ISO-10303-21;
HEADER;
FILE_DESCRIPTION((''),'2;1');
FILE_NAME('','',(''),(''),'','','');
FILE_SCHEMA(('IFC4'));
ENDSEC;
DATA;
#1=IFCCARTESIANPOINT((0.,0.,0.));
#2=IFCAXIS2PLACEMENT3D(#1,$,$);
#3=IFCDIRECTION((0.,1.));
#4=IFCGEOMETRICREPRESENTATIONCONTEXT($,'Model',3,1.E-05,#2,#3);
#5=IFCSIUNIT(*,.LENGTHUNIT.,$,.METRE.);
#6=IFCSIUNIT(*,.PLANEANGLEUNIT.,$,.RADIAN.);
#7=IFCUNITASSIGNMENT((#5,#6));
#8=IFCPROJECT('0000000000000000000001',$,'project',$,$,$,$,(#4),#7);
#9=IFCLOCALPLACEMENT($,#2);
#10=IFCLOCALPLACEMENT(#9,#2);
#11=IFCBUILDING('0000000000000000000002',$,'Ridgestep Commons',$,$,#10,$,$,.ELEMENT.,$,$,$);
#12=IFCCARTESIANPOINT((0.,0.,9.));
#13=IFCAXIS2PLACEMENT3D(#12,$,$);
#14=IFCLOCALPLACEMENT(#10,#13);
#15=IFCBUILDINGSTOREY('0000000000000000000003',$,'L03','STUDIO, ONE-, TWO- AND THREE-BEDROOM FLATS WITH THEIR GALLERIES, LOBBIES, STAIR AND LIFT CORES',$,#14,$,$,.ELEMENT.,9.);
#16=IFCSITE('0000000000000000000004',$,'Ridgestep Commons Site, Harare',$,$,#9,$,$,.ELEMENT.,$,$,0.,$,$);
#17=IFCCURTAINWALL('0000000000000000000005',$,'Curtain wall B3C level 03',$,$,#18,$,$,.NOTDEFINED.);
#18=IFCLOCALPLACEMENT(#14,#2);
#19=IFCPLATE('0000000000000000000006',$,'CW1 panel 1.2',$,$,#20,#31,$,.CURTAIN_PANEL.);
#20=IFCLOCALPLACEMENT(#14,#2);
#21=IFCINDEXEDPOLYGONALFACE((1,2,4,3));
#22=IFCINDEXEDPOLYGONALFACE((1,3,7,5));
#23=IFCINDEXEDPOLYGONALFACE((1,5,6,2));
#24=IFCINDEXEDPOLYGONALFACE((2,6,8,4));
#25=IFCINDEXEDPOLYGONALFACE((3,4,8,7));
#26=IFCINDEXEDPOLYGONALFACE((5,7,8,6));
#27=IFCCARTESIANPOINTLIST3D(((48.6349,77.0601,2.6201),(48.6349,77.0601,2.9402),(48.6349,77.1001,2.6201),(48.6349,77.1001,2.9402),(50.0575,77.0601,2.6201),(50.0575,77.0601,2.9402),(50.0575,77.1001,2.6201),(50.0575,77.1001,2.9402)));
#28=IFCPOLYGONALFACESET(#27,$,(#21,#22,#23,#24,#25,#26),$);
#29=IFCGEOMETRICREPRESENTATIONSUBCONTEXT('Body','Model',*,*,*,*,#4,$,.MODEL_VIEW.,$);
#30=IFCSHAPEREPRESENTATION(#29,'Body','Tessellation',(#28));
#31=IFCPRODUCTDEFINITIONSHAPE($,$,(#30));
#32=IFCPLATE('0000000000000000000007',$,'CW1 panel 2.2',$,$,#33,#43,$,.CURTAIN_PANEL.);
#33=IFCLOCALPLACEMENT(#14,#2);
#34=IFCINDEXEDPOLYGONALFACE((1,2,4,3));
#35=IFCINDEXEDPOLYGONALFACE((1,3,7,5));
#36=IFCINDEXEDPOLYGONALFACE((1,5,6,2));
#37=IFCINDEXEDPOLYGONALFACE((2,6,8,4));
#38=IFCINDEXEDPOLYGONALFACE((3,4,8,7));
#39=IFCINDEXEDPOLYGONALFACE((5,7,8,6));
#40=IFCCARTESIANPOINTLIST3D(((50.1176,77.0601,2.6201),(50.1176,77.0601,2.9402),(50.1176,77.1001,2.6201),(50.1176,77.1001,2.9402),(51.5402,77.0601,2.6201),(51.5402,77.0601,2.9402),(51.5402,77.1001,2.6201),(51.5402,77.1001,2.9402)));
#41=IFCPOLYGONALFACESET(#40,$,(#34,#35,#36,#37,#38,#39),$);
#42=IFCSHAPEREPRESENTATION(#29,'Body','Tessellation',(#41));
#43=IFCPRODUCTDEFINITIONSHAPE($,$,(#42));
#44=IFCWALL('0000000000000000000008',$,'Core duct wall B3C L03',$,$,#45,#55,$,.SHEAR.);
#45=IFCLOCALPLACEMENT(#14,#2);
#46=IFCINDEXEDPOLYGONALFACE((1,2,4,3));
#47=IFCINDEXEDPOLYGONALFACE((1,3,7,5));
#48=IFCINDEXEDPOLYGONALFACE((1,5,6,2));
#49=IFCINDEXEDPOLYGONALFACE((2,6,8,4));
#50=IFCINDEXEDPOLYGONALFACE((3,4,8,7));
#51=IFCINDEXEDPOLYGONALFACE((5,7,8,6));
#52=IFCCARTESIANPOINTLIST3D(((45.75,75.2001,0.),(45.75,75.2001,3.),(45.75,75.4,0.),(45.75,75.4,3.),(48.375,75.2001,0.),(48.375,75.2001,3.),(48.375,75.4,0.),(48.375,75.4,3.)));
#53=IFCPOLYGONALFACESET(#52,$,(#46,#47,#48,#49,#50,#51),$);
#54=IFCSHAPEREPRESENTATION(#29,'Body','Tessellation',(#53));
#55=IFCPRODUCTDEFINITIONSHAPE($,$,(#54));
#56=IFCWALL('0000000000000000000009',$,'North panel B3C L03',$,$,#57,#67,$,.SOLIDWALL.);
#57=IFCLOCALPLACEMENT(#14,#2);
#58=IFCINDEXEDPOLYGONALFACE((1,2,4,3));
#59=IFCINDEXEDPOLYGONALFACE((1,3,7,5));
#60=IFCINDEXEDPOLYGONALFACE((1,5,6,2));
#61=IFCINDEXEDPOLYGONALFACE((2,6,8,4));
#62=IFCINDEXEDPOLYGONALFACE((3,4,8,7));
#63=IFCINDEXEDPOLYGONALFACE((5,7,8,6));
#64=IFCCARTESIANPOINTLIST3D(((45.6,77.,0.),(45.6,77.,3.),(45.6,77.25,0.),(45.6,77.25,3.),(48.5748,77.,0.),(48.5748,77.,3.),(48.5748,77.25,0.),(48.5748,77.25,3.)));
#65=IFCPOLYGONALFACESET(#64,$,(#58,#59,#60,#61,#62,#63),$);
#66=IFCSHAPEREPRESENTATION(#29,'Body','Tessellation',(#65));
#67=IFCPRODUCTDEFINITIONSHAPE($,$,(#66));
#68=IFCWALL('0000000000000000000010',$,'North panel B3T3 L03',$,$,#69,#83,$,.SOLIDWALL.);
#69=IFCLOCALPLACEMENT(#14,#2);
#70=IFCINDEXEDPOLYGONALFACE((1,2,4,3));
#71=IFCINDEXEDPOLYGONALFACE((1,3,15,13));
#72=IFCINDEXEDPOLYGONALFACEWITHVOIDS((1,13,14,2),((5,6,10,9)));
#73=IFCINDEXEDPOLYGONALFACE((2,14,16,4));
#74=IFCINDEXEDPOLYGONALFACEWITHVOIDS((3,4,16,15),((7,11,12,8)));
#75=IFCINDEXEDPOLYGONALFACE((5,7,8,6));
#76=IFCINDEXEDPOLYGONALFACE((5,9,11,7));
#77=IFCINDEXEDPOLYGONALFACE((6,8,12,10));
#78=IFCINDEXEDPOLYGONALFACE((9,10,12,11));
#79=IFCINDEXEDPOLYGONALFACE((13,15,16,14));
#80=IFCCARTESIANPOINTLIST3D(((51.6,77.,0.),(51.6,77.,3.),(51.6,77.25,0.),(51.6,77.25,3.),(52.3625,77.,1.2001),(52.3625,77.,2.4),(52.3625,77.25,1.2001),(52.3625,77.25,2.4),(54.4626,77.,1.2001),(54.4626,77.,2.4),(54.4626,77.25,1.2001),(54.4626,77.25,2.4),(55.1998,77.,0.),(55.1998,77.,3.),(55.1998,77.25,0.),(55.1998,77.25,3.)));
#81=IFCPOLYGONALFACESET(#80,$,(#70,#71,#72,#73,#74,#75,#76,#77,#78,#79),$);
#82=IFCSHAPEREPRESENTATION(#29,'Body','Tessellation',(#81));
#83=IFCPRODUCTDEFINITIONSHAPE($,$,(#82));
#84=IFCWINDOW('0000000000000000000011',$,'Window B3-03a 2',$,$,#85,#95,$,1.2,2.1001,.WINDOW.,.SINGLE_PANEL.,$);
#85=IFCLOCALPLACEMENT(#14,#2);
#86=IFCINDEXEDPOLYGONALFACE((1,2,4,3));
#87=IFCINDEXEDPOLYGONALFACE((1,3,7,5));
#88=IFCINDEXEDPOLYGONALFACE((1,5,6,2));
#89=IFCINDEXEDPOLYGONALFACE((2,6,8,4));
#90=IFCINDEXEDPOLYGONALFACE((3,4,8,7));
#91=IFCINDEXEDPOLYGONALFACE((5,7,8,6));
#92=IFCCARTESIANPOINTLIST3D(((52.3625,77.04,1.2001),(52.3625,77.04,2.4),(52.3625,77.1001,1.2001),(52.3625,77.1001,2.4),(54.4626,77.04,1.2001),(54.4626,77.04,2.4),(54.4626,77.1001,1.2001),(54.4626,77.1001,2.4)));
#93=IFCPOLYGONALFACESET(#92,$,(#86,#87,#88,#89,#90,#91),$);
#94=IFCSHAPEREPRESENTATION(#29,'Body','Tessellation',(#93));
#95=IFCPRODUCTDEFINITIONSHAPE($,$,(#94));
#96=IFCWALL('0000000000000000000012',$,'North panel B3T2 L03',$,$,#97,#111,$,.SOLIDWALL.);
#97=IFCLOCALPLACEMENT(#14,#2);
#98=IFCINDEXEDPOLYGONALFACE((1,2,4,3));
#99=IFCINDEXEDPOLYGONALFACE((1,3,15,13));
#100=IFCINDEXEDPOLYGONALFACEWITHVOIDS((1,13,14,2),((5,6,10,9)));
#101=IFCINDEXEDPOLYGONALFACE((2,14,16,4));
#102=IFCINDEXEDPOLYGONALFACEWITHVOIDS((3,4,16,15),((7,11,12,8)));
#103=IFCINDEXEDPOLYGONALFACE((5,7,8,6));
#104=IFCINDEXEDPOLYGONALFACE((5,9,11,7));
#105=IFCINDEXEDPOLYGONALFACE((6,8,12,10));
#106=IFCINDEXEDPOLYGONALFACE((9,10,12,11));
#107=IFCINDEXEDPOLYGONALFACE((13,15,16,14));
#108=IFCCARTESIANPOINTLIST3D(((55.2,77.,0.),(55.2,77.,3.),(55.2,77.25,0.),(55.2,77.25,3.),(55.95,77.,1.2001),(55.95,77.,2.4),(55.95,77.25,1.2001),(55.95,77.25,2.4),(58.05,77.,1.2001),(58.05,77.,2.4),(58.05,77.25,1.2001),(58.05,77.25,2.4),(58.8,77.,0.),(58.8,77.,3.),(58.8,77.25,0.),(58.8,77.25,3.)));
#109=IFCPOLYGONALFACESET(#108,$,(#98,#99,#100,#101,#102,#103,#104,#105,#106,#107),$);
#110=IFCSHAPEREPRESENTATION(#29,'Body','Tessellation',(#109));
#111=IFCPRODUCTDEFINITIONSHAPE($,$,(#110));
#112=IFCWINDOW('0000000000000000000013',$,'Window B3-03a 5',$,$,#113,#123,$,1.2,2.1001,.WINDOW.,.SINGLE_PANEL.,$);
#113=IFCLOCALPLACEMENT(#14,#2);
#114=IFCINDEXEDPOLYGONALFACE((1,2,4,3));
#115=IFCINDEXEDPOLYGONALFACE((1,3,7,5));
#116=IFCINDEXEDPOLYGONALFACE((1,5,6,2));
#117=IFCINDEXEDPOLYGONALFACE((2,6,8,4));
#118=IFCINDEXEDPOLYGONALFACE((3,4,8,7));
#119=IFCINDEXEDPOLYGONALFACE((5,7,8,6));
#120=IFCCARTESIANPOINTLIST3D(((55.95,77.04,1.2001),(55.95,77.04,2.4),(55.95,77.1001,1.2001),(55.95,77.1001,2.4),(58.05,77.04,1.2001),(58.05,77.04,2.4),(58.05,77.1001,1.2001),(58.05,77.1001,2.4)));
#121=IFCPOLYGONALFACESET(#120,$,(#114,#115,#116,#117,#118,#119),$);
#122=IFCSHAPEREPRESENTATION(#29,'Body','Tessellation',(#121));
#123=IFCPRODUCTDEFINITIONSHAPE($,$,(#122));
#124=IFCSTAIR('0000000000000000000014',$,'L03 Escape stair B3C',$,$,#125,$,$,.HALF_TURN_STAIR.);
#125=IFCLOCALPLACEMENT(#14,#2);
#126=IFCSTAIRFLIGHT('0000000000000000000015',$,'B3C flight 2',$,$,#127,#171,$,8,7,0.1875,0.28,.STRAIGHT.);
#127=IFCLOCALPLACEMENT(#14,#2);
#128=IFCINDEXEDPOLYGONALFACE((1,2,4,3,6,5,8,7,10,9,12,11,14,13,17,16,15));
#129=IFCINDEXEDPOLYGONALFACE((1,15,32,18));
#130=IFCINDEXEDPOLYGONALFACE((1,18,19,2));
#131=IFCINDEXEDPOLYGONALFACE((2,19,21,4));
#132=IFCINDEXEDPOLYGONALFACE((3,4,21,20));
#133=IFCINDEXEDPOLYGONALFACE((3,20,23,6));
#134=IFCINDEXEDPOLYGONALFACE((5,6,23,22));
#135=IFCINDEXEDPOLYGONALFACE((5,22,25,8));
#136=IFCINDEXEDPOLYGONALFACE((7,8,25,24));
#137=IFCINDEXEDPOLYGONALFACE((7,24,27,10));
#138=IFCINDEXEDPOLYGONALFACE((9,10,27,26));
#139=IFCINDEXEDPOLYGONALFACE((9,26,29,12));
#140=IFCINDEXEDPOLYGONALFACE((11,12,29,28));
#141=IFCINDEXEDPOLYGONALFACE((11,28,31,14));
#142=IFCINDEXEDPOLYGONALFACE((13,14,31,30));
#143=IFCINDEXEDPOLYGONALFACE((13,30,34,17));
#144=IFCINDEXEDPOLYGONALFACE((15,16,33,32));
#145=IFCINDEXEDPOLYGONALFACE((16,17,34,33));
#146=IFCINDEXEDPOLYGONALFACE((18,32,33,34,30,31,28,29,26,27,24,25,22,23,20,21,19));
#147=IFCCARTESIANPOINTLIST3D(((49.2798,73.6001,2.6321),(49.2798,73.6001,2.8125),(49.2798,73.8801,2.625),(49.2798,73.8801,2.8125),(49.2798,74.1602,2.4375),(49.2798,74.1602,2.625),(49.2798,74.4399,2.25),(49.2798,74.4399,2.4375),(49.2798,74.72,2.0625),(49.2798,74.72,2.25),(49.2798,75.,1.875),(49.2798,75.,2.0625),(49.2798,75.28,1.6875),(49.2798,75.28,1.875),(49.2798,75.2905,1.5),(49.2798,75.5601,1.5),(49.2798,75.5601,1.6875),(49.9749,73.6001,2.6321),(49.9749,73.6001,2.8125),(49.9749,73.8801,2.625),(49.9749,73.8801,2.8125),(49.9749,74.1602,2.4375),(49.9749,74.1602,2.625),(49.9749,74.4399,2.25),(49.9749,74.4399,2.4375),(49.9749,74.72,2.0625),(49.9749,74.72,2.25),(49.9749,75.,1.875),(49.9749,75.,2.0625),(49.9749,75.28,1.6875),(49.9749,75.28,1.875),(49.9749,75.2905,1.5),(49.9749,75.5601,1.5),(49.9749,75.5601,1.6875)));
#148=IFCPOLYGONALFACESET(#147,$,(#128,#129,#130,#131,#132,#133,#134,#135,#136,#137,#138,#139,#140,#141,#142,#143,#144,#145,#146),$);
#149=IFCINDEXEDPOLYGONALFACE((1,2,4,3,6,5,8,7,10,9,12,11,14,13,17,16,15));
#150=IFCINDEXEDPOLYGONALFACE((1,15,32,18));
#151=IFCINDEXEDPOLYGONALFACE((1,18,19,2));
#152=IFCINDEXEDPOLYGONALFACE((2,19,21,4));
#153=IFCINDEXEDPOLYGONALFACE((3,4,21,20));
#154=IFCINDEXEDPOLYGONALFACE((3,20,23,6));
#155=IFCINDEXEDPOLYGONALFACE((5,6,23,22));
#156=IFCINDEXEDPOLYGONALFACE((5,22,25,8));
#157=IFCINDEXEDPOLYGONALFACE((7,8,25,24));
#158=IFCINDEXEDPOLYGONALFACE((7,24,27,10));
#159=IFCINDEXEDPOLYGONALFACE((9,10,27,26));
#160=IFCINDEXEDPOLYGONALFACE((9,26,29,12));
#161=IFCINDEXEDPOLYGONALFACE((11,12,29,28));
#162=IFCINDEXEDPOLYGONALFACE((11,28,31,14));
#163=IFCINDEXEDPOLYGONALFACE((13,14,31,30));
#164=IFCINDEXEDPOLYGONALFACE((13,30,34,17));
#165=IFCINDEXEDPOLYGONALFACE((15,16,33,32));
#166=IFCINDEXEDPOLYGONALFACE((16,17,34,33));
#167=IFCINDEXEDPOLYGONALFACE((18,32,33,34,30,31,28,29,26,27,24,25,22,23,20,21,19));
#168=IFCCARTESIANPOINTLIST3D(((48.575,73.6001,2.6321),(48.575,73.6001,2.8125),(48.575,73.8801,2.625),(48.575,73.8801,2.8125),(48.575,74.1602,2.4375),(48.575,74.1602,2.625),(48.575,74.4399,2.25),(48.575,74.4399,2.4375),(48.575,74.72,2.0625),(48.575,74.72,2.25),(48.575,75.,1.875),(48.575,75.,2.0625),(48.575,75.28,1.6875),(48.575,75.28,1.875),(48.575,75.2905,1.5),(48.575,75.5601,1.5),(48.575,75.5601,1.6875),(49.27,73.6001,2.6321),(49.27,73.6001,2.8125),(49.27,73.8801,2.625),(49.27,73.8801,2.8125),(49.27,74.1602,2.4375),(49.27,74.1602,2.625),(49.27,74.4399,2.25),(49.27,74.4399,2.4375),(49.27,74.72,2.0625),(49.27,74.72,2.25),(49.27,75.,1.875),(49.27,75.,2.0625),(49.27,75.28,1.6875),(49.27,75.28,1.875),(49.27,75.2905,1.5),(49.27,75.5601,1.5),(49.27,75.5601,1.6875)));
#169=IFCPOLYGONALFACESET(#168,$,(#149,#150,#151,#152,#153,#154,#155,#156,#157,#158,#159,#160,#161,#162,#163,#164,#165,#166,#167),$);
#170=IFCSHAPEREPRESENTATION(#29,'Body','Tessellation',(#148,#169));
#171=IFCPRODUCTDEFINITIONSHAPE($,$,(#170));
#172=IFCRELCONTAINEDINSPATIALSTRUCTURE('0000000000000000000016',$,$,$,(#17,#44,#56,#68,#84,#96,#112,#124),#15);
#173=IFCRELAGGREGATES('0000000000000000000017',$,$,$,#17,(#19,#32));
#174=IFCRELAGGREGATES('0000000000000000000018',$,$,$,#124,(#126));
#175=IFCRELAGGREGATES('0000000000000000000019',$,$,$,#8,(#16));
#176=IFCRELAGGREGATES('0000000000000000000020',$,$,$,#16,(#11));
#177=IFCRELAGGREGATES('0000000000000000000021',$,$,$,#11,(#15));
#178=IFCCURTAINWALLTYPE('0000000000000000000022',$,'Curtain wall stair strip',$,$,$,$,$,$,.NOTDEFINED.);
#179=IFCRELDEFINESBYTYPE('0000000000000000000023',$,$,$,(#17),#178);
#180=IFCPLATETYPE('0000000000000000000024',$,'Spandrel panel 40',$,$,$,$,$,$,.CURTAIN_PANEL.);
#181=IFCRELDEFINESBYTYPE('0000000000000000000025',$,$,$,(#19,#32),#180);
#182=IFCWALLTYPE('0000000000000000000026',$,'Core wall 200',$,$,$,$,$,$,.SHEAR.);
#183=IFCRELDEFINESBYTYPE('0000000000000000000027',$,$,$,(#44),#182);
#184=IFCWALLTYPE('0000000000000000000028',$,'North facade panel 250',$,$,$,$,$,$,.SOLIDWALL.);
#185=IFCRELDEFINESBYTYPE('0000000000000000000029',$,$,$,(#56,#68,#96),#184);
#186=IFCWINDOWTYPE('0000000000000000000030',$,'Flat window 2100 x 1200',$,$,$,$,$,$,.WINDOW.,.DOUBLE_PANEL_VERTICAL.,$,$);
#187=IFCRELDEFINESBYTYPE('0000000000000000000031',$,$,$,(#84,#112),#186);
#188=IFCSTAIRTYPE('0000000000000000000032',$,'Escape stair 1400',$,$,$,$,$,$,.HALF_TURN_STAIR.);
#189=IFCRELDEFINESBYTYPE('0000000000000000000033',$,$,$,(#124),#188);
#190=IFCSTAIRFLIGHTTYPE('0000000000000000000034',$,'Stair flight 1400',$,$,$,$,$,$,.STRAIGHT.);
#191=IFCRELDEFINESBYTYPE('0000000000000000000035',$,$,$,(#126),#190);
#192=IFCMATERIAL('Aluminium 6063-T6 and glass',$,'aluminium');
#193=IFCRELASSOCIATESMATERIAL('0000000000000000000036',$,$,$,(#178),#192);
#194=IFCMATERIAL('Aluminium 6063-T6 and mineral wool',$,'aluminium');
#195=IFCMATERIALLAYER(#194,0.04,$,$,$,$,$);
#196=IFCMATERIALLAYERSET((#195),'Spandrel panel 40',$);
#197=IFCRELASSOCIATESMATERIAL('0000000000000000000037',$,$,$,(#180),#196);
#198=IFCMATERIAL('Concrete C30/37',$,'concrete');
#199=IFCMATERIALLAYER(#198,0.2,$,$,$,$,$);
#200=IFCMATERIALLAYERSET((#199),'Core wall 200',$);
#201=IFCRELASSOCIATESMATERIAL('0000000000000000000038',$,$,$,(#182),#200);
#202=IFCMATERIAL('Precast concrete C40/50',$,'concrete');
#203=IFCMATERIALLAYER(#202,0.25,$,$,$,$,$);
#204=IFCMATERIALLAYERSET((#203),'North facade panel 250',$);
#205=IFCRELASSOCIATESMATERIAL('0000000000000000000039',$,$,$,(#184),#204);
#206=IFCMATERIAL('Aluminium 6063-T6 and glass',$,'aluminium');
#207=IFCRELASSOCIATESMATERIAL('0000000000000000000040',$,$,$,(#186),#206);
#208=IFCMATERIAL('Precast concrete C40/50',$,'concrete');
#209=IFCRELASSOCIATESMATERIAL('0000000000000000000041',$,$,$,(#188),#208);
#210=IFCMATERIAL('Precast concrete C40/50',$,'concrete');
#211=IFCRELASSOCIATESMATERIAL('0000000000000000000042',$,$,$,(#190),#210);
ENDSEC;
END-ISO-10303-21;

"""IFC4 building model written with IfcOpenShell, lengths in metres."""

from ifc_helpers import new_model, si_unit, direction, frame, frame_2d, origin, origin_2d, place, context, subcontext, project, spatial, polyline, rectangle, outline, extrude, material, layer, layer_set, type_object, element, fill, aggregate, save


model = new_model("IFC4")

# Units and contexts
model_context = context("Model", 3, precision=1e-05, world=origin(), true_north=direction((0.0, 1.0)))
body_context = subcontext(model_context, "Body", "Model", "MODEL_VIEW")
ifc_project = project(units=[si_unit("LENGTHUNIT", "METRE"), si_unit("PLANEANGLEUNIT", "RADIAN")], contexts=[model_context])

# Site, building, storey
site_placement = place(None, origin())
site = spatial("IfcSite", under=ifc_project, at=site_placement, Name="Ridgestep Commons Site, Harare", CompositionType="ELEMENT", RefElevation=0.0)
building_placement = place(site_placement, origin())
building = spatial("IfcBuilding", under=site, at=building_placement, Name="Ridgestep Commons", CompositionType="ELEMENT")
storey_placement = place(building_placement, frame((0.0, 0.0, 9.0)))
storey = spatial("IfcBuildingStorey", under=building, at=storey_placement, Name="L03", Description="STUDIO, ONE-, TWO- AND THREE-BEDROOM FLATS WITH THEIR GALLERIES, LOBBIES, STAIR AND LIFT CORES", CompositionType="ELEMENT", Elevation=9.0)

# Curtain wall
ifc_material_1 = material(Name="Aluminium 6063-T6 and glass", Category="aluminium")
curtain_wall_type = type_object("IfcCurtainWallType", Name="Curtain wall stair strip", PredefinedType="NOTDEFINED", material=ifc_material_1)
curtain_wall_placement = place(storey_placement, origin())
curtain_wall = element("IfcCurtainWall", 1, at=curtain_wall_placement, inside=storey, type_object=curtain_wall_type, Name="Curtain wall B3C level 03", PredefinedType="NOTDEFINED")

# Plates
ifc_material_2 = material(Name="Aluminium 6063-T6 and mineral wool", Category="aluminium")
ifc_layer_1 = layer(ifc_material_2, 0.04)
ifc_layer_set_1 = layer_set([ifc_layer_1], Name="Spandrel panel 40")
plate_type_1 = type_object("IfcPlateType", Name="Spandrel panel 40", PredefinedType="CURTAIN_PANEL", material=ifc_layer_set_1)
plate_1_placement = place(storey_placement, frame((49.3462, 77.0801, 2.6201), z_axis=(0.0, 0.0, 1.0), x_axis=(1.0, 0.0, 0.0)))
plate_1 = element("IfcPlate", 2, at=plate_1_placement, type_object=plate_type_1, Name="CW1 panel 1.2", PredefinedType="CURTAIN_PANEL", context=body_context, shape_type="SweptSolid", body=[
    extrude(rectangle(XDim=1.4226, YDim=0.04, at=origin_2d()), origin(), (0.0, 0.0, 1.0), 0.3201),
])
plate_2_placement = place(storey_placement, frame((50.8289, 77.0801, 2.6201), z_axis=(0.0, 0.0, 1.0), x_axis=(1.0, 0.0, 0.0)))
plate_2 = element("IfcPlate", 3, at=plate_2_placement, type_object=plate_type_1, Name="CW1 panel 2.2", PredefinedType="CURTAIN_PANEL", context=body_context, shape_type="SweptSolid", body=[
    extrude(rectangle(XDim=1.4226, YDim=0.04, at=origin_2d()), origin(), (0.0, 0.0, 1.0), 0.3201),
])
aggregate(curtain_wall, [plate_1, plate_2])

# Walls
ifc_material_3 = material(Name="Concrete C30/37", Category="concrete")
ifc_layer_2 = layer(ifc_material_3, 0.2)
ifc_layer_set_2 = layer_set([ifc_layer_2], Name="Core wall 200")
wall_type_1 = type_object("IfcWallType", Name="Core wall 200", PredefinedType="SHEAR", material=ifc_layer_set_2)
wall_1_placement = place(storey_placement, frame((45.75, 75.3, 0.0), z_axis=(0.0, 0.0, 1.0), x_axis=(1.0, 0.0, 0.0)))
element("IfcWall", 4, at=wall_1_placement, inside=storey, type_object=wall_type_1, Name="Core duct wall B3C L03", PredefinedType="SHEAR", context=body_context, shape_type="SweptSolid", body=[
    extrude(rectangle(XDim=2.625, YDim=0.2, at=frame_2d((1.3125, 0.0))), origin(), (0.0, 0.0, 1.0), 3.0),
])
ifc_material_4 = material(Name="Precast concrete C40/50", Category="concrete")
ifc_layer_3 = layer(ifc_material_4, 0.25)
ifc_layer_set_3 = layer_set([ifc_layer_3], Name="North facade panel 250")
wall_type_2 = type_object("IfcWallType", Name="North facade panel 250", PredefinedType="SOLIDWALL", material=ifc_layer_set_3)
wall_2_placement = place(storey_placement, frame((45.6001, 77.125, 0.0), z_axis=(0.0, 0.0, 1.0), x_axis=(1.0, 0.0, 0.0)))
element("IfcWall", 5, at=wall_2_placement, inside=storey, type_object=wall_type_2, Name="North panel B3C L03", PredefinedType="SOLIDWALL", context=body_context, shape_type="SweptSolid", body=[
    extrude(rectangle(XDim=2.9749, YDim=0.25, at=frame_2d((1.4873, 0.0))), origin(), (0.0, 0.0, 1.0), 3.0),
])

# Walls, openings, windows
wall_3_placement = place(storey_placement, frame((51.6001, 77.125, 0.0), z_axis=(0.0, 0.0, 1.0), x_axis=(1.0, 0.0, 0.0)))
wall_3 = element("IfcWall", 6, at=wall_3_placement, inside=storey, type_object=wall_type_2, Name="North panel B3T3 L03", PredefinedType="SOLIDWALL", context=body_context, shape_type="SweptSolid", body=[
    extrude(rectangle(XDim=3.5999, YDim=0.25, at=frame_2d((1.7998, 0.0))), origin(), (0.0, 0.0, 1.0), 3.0),
])
opening_1_placement = place(wall_3_placement, frame((0.7625, 0.0, 1.2)))
opening_1 = element("IfcOpeningElement", 7, at=opening_1_placement, cuts=wall_3, PredefinedType="OPENING", context=body_context, shape_type="SweptSolid", body=[
    extrude(rectangle(XDim=2.1001, YDim=1.2, at=frame_2d((1.05, 0.6001))), frame((0.0, 0.135, 0.0), z_axis=(0.0, -1.0, 0.0), x_axis=(1.0, 0.0, 0.0)), (0.0, 0.0, 1.0), 0.27),
])
ifc_material_5 = material(Name="Aluminium 6063-T6 and glass", Category="aluminium")
window_type = type_object("IfcWindowType", Name="Flat window 2100 x 1200", PartitioningType="DOUBLE_PANEL_VERTICAL", PredefinedType="WINDOW", material=ifc_material_5)
window_1_placement = place(opening_1_placement, origin())
window_1 = element("IfcWindow", 8, at=window_1_placement, inside=storey, type_object=window_type, Name="Window B3-03a 2", OverallHeight=1.2, OverallWidth=2.1001, PartitioningType="SINGLE_PANEL", PredefinedType="WINDOW", context=body_context, shape_type="SweptSolid", body=[
    extrude(rectangle(XDim=2.1001, YDim=1.2, at=frame_2d((1.05, 0.6001))), frame((0.0, -0.0249, 0.0), z_axis=(0.0, -1.0, 0.0), x_axis=(1.0, 0.0, 0.0)), (0.0, 0.0, 1.0), 0.0601),
])
fill(opening_1, window_1)
wall_4_placement = place(storey_placement, frame((55.2, 77.125, 0.0), z_axis=(0.0, 0.0, 1.0), x_axis=(1.0, 0.0, 0.0)))
wall_4 = element("IfcWall", 9, at=wall_4_placement, inside=storey, type_object=wall_type_2, Name="North panel B3T2 L03", PredefinedType="SOLIDWALL", context=body_context, shape_type="SweptSolid", body=[
    extrude(rectangle(XDim=3.6001, YDim=0.25, at=frame_2d((1.8, 0.0))), origin(), (0.0, 0.0, 1.0), 3.0),
])
opening_2_placement = place(wall_4_placement, frame((0.75, 0.0, 1.2)))
opening_2 = element("IfcOpeningElement", 10, at=opening_2_placement, cuts=wall_4, PredefinedType="OPENING", context=body_context, shape_type="SweptSolid", body=[
    extrude(rectangle(XDim=2.1001, YDim=1.2, at=frame_2d((1.05, 0.6001))), frame((0.0, 0.135, 0.0), z_axis=(0.0, -1.0, 0.0), x_axis=(1.0, 0.0, 0.0)), (0.0, 0.0, 1.0), 0.27),
])
window_2_placement = place(opening_2_placement, origin())
window_2 = element("IfcWindow", 11, at=window_2_placement, inside=storey, type_object=window_type, Name="Window B3-03a 5", OverallHeight=1.2, OverallWidth=2.1001, PartitioningType="SINGLE_PANEL", PredefinedType="WINDOW", context=body_context, shape_type="SweptSolid", body=[
    extrude(rectangle(XDim=2.1001, YDim=1.2, at=frame_2d((1.05, 0.6001))), frame((0.0, -0.0249, 0.0), z_axis=(0.0, -1.0, 0.0), x_axis=(1.0, 0.0, 0.0)), (0.0, 0.0, 1.0), 0.0601),
])
fill(opening_2, window_2)

# Stair, stair flight
ifc_material_6 = material(Name="Precast concrete C40/50", Category="concrete")
stair_type = type_object("IfcStairType", Name="Escape stair 1400", PredefinedType="HALF_TURN_STAIR", material=ifc_material_6)
stair_placement = place(storey_placement, origin())
stair = element("IfcStair", 12, at=stair_placement, inside=storey, type_object=stair_type, Name="L03 Escape stair B3C", PredefinedType="HALF_TURN_STAIR")
ifc_material_7 = material(Name="Precast concrete C40/50", Category="concrete")
stair_flight_type = type_object("IfcStairFlightType", Name="Stair flight 1400", PredefinedType="STRAIGHT", material=ifc_material_7)
stair_flight_placement = place(storey_placement, frame((49.2749, 75.5601, 1.5), z_axis=(0.0, 0.0, 1.0), x_axis=(0.0, -1.0, 0.0)))
stair_flight = element("IfcStairFlight", 13, at=stair_flight_placement, type_object=stair_flight_type, Name="B3C flight 2", NumberOfRisers=8, NumberOfTreads=7, PredefinedType="STRAIGHT", RiserHeight=0.1875, TreadLength=0.28, context=body_context, shape_type="SweptSolid", body=[
    extrude(outline(polyline([(0.0, 0.0), (0.0, 0.1875), (0.28, 0.1875), (0.28, 0.375), (0.5601, 0.375), (0.5601, 0.5625), (0.8401, 0.5625), (0.8401, 0.75), (1.1201, 0.75), (1.1201, 0.9375), (1.3999, 0.9375), (1.3999, 1.125), (1.6799, 1.125), (1.6799, 1.3125), (1.96, 1.3125), (1.96, 1.5), (1.96, 1.1321), (0.2695, 0.0), (0.0, 0.0)])), frame((0.0, 0.7, 0.0), z_axis=(0.0, -1.0, 0.0), x_axis=(1.0, 0.0, 0.0)), (0.0, 0.0, 1.0), 0.6951),
    extrude(outline(polyline([(0.0, 0.0), (0.0, 0.1875), (0.28, 0.1875), (0.28, 0.375), (0.5601, 0.375), (0.5601, 0.5625), (0.8401, 0.5625), (0.8401, 0.75), (1.1201, 0.75), (1.1201, 0.9375), (1.3999, 0.9375), (1.3999, 1.125), (1.6799, 1.125), (1.6799, 1.3125), (1.96, 1.3125), (1.96, 1.5), (1.96, 1.1321), (0.2695, 0.0), (0.0, 0.0)])), frame((0.0, -0.0049, 0.0), z_axis=(0.0, -1.0, 0.0), x_axis=(1.0, 0.0, 0.0)), (0.0, 0.0, 1.0), 0.6951),
])
aggregate(stair, [stair_flight])

save(model, "model.ifc")
